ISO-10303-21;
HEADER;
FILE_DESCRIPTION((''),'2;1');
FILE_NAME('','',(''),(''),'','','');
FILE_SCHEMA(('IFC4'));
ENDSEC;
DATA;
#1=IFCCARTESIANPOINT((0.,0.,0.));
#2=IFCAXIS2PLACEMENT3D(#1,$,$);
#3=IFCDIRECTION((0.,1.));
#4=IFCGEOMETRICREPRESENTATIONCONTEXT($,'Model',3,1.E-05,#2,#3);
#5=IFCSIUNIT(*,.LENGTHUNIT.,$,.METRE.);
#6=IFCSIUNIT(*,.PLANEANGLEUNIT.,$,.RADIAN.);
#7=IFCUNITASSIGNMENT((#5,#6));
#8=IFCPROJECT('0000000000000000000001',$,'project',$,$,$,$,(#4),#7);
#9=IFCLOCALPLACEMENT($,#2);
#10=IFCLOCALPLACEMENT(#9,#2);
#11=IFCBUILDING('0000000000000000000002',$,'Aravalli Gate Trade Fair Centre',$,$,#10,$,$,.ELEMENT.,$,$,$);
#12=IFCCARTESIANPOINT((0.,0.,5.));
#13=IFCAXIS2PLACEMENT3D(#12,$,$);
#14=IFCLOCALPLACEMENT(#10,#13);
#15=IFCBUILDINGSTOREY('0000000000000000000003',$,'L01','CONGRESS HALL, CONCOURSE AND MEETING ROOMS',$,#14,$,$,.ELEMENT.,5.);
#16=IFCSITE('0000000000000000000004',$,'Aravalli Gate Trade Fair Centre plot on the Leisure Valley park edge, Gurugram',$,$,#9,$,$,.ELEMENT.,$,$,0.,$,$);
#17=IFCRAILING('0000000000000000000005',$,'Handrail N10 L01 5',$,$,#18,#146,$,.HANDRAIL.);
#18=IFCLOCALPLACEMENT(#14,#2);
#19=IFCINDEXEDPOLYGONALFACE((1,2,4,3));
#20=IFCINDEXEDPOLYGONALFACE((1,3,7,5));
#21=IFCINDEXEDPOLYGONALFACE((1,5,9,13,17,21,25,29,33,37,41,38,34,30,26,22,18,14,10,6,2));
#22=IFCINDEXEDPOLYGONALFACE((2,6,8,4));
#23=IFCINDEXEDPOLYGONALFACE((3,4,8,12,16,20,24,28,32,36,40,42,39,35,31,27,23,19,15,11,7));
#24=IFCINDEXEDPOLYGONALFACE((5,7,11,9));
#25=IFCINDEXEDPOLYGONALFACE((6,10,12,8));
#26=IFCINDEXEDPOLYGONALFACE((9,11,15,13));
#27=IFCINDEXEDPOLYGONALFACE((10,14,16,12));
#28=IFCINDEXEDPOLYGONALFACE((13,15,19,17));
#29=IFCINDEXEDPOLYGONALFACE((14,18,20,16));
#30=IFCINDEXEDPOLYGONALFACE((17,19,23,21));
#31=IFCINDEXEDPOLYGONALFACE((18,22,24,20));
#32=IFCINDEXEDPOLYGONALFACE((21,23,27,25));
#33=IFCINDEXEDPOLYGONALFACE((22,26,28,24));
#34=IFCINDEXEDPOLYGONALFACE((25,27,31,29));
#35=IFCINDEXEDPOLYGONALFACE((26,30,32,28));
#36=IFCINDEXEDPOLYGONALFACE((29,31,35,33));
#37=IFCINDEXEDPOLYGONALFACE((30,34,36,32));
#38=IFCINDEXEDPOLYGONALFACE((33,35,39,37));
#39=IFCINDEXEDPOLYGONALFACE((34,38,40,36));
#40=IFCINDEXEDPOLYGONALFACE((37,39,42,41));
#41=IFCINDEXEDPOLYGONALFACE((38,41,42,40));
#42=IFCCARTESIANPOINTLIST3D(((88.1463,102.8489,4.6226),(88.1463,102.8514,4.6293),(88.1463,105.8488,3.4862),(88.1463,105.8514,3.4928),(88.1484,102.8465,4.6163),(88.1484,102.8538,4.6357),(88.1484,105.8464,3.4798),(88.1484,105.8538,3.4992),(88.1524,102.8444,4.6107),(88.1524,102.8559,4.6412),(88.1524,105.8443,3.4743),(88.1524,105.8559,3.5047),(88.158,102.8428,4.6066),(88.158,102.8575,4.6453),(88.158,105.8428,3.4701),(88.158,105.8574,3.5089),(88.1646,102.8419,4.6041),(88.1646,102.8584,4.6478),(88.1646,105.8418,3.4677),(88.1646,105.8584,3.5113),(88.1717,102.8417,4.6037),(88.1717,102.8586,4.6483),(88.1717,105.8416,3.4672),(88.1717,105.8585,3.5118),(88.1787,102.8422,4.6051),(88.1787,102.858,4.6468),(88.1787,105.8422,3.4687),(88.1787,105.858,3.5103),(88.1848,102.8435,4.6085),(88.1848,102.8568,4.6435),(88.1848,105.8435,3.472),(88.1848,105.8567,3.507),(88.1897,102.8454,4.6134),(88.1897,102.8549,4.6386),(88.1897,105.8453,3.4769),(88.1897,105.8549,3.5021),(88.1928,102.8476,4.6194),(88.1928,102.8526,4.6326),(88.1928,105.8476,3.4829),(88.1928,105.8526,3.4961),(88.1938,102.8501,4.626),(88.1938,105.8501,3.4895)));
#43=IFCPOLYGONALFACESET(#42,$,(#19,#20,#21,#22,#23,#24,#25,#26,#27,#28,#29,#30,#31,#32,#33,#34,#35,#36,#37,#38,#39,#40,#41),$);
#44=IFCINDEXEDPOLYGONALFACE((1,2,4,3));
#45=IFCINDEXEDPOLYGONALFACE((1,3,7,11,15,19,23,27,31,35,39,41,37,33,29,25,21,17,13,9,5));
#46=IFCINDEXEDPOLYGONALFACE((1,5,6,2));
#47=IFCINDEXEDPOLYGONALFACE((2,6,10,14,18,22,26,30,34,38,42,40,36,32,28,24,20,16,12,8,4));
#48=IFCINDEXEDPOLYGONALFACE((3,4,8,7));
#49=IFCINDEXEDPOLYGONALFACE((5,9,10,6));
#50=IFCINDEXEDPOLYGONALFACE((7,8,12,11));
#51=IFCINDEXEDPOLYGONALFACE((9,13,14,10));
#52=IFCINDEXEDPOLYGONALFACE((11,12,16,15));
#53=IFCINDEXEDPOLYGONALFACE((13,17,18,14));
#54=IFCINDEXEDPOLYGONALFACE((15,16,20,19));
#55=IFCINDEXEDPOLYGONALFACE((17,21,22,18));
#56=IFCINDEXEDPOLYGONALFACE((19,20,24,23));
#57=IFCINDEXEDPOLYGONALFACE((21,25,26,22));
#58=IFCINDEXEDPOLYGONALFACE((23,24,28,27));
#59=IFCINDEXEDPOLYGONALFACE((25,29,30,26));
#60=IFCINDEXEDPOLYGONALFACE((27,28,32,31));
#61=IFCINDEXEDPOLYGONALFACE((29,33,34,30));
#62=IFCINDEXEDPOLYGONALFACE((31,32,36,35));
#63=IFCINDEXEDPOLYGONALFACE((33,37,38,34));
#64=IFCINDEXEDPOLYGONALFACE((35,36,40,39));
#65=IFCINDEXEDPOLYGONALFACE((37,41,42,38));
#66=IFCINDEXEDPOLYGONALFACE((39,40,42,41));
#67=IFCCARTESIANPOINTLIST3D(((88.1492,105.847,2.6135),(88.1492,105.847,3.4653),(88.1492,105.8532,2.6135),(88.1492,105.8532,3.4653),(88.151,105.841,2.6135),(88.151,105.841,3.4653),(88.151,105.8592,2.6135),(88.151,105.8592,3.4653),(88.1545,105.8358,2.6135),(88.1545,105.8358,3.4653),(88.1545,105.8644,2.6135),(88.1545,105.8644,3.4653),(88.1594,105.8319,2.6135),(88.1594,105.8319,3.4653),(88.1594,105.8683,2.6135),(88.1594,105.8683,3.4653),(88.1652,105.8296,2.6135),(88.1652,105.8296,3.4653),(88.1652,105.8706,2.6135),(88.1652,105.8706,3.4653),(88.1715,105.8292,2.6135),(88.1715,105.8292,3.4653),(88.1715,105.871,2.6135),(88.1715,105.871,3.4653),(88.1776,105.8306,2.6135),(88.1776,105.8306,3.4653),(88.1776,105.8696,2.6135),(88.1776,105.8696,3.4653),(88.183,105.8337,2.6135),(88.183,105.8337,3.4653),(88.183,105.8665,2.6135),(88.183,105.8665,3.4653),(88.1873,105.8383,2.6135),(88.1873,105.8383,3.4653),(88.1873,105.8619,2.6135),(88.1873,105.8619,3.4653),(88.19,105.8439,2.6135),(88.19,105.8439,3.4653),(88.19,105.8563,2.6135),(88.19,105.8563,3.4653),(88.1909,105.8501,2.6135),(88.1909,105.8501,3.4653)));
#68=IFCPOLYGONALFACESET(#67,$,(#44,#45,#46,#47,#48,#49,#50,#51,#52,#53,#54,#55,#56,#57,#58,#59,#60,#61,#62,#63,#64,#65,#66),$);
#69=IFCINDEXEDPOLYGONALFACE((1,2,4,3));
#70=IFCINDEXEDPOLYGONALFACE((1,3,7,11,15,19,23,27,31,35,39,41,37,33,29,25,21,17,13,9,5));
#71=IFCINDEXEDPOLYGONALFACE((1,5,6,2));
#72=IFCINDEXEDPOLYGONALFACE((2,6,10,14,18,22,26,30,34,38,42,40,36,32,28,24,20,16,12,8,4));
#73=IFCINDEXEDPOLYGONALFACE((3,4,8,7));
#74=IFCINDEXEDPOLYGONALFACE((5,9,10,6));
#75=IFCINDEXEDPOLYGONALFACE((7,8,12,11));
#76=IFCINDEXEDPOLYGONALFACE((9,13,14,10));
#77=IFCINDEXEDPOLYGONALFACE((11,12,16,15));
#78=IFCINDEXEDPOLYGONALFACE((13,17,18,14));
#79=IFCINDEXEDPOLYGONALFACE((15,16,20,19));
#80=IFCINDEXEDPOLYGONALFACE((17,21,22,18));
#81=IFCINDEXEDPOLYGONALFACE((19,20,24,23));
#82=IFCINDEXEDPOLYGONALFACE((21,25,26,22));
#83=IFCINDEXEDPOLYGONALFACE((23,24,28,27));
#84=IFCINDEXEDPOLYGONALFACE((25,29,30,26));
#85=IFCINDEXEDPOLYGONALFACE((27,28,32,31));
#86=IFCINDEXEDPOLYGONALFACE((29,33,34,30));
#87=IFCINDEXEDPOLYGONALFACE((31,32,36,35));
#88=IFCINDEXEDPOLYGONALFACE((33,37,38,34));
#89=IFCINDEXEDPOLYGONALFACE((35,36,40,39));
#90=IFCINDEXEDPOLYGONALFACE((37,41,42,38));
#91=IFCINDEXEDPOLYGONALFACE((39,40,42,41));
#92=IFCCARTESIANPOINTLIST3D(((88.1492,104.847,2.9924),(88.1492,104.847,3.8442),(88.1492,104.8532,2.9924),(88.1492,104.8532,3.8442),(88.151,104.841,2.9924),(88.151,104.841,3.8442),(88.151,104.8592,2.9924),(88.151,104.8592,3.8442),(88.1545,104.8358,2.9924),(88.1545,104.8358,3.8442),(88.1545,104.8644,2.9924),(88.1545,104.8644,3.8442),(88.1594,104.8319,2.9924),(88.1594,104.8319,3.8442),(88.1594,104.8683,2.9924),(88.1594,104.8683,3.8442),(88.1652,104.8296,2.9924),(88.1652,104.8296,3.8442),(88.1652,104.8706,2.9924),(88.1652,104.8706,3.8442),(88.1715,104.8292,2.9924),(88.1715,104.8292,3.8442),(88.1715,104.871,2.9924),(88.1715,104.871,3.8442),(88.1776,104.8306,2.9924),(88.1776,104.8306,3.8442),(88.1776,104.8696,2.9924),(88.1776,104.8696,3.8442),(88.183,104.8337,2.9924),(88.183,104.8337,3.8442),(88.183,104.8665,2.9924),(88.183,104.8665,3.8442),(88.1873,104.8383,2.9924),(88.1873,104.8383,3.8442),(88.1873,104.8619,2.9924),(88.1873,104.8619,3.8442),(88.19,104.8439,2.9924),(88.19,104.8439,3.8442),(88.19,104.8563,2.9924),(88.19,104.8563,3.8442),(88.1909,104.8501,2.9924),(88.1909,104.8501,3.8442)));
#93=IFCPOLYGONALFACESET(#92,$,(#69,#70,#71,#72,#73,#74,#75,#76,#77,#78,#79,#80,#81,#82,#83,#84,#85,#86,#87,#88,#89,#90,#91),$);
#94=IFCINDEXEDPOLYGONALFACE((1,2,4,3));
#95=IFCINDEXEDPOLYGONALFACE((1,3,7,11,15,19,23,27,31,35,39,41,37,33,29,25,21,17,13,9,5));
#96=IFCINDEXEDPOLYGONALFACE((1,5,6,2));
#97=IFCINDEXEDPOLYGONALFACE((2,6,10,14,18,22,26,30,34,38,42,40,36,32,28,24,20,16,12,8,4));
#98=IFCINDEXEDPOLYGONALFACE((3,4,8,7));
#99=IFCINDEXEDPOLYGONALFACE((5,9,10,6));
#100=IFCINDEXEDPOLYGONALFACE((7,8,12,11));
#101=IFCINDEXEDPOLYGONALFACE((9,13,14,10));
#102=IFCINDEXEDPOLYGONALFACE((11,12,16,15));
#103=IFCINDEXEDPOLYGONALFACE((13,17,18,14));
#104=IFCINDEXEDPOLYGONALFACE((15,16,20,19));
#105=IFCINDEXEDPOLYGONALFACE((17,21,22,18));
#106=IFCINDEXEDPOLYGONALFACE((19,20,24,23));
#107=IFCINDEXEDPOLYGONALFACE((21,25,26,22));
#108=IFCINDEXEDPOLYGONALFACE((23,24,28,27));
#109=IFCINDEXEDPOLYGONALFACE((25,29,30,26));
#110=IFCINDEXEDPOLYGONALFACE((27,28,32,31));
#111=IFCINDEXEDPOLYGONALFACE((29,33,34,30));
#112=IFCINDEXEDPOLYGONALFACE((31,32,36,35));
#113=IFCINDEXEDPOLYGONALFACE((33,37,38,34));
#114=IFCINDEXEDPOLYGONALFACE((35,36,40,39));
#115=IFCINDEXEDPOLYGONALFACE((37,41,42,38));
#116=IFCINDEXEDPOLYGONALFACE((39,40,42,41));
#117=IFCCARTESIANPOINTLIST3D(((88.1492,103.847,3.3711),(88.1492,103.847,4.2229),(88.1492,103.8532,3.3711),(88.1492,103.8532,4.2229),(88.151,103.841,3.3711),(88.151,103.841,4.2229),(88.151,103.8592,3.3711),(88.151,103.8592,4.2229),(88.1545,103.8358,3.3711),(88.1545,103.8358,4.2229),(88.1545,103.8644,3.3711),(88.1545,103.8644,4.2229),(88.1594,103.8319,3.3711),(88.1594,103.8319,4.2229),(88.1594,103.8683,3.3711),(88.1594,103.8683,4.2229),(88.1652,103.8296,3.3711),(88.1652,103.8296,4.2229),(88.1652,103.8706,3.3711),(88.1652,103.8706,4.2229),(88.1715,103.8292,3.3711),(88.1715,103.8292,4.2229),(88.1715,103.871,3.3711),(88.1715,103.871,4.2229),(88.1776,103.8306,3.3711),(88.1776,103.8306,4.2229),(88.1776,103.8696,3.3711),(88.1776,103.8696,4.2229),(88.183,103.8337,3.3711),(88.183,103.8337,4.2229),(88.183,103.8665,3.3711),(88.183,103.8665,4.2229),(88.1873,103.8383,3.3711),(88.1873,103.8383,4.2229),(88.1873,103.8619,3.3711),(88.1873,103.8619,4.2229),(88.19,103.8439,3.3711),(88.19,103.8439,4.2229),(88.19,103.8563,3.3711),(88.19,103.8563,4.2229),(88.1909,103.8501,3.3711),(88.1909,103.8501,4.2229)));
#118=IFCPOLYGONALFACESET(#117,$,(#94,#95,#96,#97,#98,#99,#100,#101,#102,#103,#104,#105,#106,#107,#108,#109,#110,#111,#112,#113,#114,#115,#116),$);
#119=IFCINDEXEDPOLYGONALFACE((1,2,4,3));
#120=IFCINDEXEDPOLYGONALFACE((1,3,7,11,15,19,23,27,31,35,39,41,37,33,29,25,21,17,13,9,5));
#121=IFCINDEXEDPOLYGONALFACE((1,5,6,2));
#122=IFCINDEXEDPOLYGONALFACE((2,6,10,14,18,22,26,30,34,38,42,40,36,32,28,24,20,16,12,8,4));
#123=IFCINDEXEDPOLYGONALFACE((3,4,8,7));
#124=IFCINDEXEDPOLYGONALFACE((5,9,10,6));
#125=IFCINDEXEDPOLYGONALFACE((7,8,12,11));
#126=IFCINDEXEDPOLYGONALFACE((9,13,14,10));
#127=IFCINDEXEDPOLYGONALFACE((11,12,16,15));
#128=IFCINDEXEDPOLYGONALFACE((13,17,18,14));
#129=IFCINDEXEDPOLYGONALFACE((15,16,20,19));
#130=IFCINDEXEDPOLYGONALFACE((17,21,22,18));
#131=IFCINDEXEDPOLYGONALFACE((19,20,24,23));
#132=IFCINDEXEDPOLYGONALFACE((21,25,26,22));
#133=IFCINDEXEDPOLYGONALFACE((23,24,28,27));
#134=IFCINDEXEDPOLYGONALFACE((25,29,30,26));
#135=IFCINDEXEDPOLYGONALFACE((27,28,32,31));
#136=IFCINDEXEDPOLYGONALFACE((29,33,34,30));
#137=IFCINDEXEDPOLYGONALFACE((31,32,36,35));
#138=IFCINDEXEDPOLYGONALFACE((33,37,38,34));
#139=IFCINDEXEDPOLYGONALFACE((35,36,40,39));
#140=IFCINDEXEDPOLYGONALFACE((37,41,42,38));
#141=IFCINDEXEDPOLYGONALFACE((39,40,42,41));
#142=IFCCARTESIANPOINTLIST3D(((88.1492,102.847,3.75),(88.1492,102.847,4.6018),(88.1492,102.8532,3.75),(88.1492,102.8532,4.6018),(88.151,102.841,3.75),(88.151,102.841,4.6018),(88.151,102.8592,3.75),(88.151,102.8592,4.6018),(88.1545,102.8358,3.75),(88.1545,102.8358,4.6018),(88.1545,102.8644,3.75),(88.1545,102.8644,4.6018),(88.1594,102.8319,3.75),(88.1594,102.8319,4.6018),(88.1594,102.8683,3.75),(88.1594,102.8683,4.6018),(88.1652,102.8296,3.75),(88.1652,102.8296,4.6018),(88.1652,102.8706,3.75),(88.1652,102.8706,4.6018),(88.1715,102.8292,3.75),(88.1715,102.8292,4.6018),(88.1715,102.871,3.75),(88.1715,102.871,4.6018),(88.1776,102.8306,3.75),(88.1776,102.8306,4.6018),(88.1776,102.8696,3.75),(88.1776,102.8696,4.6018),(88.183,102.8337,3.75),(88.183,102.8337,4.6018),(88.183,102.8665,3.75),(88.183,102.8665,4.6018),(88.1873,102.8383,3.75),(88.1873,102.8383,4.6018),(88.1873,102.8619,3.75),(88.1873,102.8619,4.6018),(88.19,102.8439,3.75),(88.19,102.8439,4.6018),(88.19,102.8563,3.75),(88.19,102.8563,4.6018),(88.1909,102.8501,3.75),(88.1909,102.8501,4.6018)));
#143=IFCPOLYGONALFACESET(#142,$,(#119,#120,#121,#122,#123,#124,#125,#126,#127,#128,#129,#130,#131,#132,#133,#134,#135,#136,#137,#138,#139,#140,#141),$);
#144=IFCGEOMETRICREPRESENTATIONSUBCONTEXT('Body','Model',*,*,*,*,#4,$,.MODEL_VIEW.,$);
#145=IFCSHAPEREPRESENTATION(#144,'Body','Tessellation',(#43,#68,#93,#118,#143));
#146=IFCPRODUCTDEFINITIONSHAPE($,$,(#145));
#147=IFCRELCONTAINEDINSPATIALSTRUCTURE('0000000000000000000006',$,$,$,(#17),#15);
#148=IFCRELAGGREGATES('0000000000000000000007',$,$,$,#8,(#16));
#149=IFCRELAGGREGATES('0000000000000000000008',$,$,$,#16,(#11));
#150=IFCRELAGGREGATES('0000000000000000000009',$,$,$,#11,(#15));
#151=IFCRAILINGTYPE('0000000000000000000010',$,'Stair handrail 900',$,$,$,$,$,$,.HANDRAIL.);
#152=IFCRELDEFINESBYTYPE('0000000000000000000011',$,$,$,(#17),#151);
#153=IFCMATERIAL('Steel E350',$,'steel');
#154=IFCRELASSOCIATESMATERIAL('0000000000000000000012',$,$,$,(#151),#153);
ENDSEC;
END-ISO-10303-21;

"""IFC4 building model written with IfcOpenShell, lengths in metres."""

from ifc_helpers import new_model, si_unit, direction, frame, origin, origin_2d, place, context, subcontext, project, spatial, circle, extrude, material, type_object, element, save


model = new_model("IFC4")

# Units and contexts
model_context = context("Model", 3, precision=1e-05, world=origin(), true_north=direction((0.0, 1.0)))
body_context = subcontext(model_context, "Body", "Model", "MODEL_VIEW")
ifc_project = project(units=[si_unit("LENGTHUNIT", "METRE"), si_unit("PLANEANGLEUNIT", "RADIAN")], contexts=[model_context])

# Site, building, storey
site_placement = place(None, origin())
site = spatial("IfcSite", under=ifc_project, at=site_placement, Name="Aravalli Gate Trade Fair Centre plot on the Leisure Valley park edge, Gurugram", CompositionType="ELEMENT", RefElevation=0.0)
building_placement = place(site_placement, origin())
building = spatial("IfcBuilding", under=site, at=building_placement, Name="Aravalli Gate Trade Fair Centre", CompositionType="ELEMENT")
storey_placement = place(building_placement, frame((0.0, 0.0, 5.0)))
storey = spatial("IfcBuildingStorey", under=building, at=storey_placement, Name="L01", Description="CONGRESS HALL, CONCOURSE AND MEETING ROOMS", CompositionType="ELEMENT", Elevation=5.0)

# Shared definitions
ifc_material_1 = material(Name="Steel E350", Category="steel")

# Railing
railing_type = type_object("IfcRailingType", Name="Stair handrail 900", PredefinedType="HANDRAIL", material=ifc_material_1)
for number, where, name in (
    (1, (88.1699, 105.8501, 2.6135), "Handrail N10 L01 5"),
):
    element("IfcRailing", number, at=place(storey_placement, frame(where)), inside=storey, type_object=railing_type, Name=name, PredefinedType="HANDRAIL", context=body_context, shape_type="SweptSolid", body=[
        extrude(circle(Radius=0.0239, at=origin_2d()), frame((0.0, 0.0, 0.876), z_axis=(0.0, -0.935148, 0.354257), x_axis=(1.0, 0.0, 0.0)), (0.0, 0.0, 1.0), 3.208),
        extrude(circle(Radius=0.021, at=origin_2d()), origin(), (0.0, 0.0, 1.0), 0.8518),
        extrude(circle(Radius=0.021, at=origin_2d()), frame((0.0, -1.0, 0.3789)), (0.0, 0.0, 1.0), 0.8518),
        extrude(circle(Radius=0.021, at=origin_2d()), frame((0.0, -2.0, 0.7576)), (0.0, 0.0, 1.0), 0.8518),
        extrude(circle(Radius=0.021, at=origin_2d()), frame((0.0, -3.0, 1.1365)), (0.0, 0.0, 1.0), 0.8518),
    ])

save(model, "model.ifc")
